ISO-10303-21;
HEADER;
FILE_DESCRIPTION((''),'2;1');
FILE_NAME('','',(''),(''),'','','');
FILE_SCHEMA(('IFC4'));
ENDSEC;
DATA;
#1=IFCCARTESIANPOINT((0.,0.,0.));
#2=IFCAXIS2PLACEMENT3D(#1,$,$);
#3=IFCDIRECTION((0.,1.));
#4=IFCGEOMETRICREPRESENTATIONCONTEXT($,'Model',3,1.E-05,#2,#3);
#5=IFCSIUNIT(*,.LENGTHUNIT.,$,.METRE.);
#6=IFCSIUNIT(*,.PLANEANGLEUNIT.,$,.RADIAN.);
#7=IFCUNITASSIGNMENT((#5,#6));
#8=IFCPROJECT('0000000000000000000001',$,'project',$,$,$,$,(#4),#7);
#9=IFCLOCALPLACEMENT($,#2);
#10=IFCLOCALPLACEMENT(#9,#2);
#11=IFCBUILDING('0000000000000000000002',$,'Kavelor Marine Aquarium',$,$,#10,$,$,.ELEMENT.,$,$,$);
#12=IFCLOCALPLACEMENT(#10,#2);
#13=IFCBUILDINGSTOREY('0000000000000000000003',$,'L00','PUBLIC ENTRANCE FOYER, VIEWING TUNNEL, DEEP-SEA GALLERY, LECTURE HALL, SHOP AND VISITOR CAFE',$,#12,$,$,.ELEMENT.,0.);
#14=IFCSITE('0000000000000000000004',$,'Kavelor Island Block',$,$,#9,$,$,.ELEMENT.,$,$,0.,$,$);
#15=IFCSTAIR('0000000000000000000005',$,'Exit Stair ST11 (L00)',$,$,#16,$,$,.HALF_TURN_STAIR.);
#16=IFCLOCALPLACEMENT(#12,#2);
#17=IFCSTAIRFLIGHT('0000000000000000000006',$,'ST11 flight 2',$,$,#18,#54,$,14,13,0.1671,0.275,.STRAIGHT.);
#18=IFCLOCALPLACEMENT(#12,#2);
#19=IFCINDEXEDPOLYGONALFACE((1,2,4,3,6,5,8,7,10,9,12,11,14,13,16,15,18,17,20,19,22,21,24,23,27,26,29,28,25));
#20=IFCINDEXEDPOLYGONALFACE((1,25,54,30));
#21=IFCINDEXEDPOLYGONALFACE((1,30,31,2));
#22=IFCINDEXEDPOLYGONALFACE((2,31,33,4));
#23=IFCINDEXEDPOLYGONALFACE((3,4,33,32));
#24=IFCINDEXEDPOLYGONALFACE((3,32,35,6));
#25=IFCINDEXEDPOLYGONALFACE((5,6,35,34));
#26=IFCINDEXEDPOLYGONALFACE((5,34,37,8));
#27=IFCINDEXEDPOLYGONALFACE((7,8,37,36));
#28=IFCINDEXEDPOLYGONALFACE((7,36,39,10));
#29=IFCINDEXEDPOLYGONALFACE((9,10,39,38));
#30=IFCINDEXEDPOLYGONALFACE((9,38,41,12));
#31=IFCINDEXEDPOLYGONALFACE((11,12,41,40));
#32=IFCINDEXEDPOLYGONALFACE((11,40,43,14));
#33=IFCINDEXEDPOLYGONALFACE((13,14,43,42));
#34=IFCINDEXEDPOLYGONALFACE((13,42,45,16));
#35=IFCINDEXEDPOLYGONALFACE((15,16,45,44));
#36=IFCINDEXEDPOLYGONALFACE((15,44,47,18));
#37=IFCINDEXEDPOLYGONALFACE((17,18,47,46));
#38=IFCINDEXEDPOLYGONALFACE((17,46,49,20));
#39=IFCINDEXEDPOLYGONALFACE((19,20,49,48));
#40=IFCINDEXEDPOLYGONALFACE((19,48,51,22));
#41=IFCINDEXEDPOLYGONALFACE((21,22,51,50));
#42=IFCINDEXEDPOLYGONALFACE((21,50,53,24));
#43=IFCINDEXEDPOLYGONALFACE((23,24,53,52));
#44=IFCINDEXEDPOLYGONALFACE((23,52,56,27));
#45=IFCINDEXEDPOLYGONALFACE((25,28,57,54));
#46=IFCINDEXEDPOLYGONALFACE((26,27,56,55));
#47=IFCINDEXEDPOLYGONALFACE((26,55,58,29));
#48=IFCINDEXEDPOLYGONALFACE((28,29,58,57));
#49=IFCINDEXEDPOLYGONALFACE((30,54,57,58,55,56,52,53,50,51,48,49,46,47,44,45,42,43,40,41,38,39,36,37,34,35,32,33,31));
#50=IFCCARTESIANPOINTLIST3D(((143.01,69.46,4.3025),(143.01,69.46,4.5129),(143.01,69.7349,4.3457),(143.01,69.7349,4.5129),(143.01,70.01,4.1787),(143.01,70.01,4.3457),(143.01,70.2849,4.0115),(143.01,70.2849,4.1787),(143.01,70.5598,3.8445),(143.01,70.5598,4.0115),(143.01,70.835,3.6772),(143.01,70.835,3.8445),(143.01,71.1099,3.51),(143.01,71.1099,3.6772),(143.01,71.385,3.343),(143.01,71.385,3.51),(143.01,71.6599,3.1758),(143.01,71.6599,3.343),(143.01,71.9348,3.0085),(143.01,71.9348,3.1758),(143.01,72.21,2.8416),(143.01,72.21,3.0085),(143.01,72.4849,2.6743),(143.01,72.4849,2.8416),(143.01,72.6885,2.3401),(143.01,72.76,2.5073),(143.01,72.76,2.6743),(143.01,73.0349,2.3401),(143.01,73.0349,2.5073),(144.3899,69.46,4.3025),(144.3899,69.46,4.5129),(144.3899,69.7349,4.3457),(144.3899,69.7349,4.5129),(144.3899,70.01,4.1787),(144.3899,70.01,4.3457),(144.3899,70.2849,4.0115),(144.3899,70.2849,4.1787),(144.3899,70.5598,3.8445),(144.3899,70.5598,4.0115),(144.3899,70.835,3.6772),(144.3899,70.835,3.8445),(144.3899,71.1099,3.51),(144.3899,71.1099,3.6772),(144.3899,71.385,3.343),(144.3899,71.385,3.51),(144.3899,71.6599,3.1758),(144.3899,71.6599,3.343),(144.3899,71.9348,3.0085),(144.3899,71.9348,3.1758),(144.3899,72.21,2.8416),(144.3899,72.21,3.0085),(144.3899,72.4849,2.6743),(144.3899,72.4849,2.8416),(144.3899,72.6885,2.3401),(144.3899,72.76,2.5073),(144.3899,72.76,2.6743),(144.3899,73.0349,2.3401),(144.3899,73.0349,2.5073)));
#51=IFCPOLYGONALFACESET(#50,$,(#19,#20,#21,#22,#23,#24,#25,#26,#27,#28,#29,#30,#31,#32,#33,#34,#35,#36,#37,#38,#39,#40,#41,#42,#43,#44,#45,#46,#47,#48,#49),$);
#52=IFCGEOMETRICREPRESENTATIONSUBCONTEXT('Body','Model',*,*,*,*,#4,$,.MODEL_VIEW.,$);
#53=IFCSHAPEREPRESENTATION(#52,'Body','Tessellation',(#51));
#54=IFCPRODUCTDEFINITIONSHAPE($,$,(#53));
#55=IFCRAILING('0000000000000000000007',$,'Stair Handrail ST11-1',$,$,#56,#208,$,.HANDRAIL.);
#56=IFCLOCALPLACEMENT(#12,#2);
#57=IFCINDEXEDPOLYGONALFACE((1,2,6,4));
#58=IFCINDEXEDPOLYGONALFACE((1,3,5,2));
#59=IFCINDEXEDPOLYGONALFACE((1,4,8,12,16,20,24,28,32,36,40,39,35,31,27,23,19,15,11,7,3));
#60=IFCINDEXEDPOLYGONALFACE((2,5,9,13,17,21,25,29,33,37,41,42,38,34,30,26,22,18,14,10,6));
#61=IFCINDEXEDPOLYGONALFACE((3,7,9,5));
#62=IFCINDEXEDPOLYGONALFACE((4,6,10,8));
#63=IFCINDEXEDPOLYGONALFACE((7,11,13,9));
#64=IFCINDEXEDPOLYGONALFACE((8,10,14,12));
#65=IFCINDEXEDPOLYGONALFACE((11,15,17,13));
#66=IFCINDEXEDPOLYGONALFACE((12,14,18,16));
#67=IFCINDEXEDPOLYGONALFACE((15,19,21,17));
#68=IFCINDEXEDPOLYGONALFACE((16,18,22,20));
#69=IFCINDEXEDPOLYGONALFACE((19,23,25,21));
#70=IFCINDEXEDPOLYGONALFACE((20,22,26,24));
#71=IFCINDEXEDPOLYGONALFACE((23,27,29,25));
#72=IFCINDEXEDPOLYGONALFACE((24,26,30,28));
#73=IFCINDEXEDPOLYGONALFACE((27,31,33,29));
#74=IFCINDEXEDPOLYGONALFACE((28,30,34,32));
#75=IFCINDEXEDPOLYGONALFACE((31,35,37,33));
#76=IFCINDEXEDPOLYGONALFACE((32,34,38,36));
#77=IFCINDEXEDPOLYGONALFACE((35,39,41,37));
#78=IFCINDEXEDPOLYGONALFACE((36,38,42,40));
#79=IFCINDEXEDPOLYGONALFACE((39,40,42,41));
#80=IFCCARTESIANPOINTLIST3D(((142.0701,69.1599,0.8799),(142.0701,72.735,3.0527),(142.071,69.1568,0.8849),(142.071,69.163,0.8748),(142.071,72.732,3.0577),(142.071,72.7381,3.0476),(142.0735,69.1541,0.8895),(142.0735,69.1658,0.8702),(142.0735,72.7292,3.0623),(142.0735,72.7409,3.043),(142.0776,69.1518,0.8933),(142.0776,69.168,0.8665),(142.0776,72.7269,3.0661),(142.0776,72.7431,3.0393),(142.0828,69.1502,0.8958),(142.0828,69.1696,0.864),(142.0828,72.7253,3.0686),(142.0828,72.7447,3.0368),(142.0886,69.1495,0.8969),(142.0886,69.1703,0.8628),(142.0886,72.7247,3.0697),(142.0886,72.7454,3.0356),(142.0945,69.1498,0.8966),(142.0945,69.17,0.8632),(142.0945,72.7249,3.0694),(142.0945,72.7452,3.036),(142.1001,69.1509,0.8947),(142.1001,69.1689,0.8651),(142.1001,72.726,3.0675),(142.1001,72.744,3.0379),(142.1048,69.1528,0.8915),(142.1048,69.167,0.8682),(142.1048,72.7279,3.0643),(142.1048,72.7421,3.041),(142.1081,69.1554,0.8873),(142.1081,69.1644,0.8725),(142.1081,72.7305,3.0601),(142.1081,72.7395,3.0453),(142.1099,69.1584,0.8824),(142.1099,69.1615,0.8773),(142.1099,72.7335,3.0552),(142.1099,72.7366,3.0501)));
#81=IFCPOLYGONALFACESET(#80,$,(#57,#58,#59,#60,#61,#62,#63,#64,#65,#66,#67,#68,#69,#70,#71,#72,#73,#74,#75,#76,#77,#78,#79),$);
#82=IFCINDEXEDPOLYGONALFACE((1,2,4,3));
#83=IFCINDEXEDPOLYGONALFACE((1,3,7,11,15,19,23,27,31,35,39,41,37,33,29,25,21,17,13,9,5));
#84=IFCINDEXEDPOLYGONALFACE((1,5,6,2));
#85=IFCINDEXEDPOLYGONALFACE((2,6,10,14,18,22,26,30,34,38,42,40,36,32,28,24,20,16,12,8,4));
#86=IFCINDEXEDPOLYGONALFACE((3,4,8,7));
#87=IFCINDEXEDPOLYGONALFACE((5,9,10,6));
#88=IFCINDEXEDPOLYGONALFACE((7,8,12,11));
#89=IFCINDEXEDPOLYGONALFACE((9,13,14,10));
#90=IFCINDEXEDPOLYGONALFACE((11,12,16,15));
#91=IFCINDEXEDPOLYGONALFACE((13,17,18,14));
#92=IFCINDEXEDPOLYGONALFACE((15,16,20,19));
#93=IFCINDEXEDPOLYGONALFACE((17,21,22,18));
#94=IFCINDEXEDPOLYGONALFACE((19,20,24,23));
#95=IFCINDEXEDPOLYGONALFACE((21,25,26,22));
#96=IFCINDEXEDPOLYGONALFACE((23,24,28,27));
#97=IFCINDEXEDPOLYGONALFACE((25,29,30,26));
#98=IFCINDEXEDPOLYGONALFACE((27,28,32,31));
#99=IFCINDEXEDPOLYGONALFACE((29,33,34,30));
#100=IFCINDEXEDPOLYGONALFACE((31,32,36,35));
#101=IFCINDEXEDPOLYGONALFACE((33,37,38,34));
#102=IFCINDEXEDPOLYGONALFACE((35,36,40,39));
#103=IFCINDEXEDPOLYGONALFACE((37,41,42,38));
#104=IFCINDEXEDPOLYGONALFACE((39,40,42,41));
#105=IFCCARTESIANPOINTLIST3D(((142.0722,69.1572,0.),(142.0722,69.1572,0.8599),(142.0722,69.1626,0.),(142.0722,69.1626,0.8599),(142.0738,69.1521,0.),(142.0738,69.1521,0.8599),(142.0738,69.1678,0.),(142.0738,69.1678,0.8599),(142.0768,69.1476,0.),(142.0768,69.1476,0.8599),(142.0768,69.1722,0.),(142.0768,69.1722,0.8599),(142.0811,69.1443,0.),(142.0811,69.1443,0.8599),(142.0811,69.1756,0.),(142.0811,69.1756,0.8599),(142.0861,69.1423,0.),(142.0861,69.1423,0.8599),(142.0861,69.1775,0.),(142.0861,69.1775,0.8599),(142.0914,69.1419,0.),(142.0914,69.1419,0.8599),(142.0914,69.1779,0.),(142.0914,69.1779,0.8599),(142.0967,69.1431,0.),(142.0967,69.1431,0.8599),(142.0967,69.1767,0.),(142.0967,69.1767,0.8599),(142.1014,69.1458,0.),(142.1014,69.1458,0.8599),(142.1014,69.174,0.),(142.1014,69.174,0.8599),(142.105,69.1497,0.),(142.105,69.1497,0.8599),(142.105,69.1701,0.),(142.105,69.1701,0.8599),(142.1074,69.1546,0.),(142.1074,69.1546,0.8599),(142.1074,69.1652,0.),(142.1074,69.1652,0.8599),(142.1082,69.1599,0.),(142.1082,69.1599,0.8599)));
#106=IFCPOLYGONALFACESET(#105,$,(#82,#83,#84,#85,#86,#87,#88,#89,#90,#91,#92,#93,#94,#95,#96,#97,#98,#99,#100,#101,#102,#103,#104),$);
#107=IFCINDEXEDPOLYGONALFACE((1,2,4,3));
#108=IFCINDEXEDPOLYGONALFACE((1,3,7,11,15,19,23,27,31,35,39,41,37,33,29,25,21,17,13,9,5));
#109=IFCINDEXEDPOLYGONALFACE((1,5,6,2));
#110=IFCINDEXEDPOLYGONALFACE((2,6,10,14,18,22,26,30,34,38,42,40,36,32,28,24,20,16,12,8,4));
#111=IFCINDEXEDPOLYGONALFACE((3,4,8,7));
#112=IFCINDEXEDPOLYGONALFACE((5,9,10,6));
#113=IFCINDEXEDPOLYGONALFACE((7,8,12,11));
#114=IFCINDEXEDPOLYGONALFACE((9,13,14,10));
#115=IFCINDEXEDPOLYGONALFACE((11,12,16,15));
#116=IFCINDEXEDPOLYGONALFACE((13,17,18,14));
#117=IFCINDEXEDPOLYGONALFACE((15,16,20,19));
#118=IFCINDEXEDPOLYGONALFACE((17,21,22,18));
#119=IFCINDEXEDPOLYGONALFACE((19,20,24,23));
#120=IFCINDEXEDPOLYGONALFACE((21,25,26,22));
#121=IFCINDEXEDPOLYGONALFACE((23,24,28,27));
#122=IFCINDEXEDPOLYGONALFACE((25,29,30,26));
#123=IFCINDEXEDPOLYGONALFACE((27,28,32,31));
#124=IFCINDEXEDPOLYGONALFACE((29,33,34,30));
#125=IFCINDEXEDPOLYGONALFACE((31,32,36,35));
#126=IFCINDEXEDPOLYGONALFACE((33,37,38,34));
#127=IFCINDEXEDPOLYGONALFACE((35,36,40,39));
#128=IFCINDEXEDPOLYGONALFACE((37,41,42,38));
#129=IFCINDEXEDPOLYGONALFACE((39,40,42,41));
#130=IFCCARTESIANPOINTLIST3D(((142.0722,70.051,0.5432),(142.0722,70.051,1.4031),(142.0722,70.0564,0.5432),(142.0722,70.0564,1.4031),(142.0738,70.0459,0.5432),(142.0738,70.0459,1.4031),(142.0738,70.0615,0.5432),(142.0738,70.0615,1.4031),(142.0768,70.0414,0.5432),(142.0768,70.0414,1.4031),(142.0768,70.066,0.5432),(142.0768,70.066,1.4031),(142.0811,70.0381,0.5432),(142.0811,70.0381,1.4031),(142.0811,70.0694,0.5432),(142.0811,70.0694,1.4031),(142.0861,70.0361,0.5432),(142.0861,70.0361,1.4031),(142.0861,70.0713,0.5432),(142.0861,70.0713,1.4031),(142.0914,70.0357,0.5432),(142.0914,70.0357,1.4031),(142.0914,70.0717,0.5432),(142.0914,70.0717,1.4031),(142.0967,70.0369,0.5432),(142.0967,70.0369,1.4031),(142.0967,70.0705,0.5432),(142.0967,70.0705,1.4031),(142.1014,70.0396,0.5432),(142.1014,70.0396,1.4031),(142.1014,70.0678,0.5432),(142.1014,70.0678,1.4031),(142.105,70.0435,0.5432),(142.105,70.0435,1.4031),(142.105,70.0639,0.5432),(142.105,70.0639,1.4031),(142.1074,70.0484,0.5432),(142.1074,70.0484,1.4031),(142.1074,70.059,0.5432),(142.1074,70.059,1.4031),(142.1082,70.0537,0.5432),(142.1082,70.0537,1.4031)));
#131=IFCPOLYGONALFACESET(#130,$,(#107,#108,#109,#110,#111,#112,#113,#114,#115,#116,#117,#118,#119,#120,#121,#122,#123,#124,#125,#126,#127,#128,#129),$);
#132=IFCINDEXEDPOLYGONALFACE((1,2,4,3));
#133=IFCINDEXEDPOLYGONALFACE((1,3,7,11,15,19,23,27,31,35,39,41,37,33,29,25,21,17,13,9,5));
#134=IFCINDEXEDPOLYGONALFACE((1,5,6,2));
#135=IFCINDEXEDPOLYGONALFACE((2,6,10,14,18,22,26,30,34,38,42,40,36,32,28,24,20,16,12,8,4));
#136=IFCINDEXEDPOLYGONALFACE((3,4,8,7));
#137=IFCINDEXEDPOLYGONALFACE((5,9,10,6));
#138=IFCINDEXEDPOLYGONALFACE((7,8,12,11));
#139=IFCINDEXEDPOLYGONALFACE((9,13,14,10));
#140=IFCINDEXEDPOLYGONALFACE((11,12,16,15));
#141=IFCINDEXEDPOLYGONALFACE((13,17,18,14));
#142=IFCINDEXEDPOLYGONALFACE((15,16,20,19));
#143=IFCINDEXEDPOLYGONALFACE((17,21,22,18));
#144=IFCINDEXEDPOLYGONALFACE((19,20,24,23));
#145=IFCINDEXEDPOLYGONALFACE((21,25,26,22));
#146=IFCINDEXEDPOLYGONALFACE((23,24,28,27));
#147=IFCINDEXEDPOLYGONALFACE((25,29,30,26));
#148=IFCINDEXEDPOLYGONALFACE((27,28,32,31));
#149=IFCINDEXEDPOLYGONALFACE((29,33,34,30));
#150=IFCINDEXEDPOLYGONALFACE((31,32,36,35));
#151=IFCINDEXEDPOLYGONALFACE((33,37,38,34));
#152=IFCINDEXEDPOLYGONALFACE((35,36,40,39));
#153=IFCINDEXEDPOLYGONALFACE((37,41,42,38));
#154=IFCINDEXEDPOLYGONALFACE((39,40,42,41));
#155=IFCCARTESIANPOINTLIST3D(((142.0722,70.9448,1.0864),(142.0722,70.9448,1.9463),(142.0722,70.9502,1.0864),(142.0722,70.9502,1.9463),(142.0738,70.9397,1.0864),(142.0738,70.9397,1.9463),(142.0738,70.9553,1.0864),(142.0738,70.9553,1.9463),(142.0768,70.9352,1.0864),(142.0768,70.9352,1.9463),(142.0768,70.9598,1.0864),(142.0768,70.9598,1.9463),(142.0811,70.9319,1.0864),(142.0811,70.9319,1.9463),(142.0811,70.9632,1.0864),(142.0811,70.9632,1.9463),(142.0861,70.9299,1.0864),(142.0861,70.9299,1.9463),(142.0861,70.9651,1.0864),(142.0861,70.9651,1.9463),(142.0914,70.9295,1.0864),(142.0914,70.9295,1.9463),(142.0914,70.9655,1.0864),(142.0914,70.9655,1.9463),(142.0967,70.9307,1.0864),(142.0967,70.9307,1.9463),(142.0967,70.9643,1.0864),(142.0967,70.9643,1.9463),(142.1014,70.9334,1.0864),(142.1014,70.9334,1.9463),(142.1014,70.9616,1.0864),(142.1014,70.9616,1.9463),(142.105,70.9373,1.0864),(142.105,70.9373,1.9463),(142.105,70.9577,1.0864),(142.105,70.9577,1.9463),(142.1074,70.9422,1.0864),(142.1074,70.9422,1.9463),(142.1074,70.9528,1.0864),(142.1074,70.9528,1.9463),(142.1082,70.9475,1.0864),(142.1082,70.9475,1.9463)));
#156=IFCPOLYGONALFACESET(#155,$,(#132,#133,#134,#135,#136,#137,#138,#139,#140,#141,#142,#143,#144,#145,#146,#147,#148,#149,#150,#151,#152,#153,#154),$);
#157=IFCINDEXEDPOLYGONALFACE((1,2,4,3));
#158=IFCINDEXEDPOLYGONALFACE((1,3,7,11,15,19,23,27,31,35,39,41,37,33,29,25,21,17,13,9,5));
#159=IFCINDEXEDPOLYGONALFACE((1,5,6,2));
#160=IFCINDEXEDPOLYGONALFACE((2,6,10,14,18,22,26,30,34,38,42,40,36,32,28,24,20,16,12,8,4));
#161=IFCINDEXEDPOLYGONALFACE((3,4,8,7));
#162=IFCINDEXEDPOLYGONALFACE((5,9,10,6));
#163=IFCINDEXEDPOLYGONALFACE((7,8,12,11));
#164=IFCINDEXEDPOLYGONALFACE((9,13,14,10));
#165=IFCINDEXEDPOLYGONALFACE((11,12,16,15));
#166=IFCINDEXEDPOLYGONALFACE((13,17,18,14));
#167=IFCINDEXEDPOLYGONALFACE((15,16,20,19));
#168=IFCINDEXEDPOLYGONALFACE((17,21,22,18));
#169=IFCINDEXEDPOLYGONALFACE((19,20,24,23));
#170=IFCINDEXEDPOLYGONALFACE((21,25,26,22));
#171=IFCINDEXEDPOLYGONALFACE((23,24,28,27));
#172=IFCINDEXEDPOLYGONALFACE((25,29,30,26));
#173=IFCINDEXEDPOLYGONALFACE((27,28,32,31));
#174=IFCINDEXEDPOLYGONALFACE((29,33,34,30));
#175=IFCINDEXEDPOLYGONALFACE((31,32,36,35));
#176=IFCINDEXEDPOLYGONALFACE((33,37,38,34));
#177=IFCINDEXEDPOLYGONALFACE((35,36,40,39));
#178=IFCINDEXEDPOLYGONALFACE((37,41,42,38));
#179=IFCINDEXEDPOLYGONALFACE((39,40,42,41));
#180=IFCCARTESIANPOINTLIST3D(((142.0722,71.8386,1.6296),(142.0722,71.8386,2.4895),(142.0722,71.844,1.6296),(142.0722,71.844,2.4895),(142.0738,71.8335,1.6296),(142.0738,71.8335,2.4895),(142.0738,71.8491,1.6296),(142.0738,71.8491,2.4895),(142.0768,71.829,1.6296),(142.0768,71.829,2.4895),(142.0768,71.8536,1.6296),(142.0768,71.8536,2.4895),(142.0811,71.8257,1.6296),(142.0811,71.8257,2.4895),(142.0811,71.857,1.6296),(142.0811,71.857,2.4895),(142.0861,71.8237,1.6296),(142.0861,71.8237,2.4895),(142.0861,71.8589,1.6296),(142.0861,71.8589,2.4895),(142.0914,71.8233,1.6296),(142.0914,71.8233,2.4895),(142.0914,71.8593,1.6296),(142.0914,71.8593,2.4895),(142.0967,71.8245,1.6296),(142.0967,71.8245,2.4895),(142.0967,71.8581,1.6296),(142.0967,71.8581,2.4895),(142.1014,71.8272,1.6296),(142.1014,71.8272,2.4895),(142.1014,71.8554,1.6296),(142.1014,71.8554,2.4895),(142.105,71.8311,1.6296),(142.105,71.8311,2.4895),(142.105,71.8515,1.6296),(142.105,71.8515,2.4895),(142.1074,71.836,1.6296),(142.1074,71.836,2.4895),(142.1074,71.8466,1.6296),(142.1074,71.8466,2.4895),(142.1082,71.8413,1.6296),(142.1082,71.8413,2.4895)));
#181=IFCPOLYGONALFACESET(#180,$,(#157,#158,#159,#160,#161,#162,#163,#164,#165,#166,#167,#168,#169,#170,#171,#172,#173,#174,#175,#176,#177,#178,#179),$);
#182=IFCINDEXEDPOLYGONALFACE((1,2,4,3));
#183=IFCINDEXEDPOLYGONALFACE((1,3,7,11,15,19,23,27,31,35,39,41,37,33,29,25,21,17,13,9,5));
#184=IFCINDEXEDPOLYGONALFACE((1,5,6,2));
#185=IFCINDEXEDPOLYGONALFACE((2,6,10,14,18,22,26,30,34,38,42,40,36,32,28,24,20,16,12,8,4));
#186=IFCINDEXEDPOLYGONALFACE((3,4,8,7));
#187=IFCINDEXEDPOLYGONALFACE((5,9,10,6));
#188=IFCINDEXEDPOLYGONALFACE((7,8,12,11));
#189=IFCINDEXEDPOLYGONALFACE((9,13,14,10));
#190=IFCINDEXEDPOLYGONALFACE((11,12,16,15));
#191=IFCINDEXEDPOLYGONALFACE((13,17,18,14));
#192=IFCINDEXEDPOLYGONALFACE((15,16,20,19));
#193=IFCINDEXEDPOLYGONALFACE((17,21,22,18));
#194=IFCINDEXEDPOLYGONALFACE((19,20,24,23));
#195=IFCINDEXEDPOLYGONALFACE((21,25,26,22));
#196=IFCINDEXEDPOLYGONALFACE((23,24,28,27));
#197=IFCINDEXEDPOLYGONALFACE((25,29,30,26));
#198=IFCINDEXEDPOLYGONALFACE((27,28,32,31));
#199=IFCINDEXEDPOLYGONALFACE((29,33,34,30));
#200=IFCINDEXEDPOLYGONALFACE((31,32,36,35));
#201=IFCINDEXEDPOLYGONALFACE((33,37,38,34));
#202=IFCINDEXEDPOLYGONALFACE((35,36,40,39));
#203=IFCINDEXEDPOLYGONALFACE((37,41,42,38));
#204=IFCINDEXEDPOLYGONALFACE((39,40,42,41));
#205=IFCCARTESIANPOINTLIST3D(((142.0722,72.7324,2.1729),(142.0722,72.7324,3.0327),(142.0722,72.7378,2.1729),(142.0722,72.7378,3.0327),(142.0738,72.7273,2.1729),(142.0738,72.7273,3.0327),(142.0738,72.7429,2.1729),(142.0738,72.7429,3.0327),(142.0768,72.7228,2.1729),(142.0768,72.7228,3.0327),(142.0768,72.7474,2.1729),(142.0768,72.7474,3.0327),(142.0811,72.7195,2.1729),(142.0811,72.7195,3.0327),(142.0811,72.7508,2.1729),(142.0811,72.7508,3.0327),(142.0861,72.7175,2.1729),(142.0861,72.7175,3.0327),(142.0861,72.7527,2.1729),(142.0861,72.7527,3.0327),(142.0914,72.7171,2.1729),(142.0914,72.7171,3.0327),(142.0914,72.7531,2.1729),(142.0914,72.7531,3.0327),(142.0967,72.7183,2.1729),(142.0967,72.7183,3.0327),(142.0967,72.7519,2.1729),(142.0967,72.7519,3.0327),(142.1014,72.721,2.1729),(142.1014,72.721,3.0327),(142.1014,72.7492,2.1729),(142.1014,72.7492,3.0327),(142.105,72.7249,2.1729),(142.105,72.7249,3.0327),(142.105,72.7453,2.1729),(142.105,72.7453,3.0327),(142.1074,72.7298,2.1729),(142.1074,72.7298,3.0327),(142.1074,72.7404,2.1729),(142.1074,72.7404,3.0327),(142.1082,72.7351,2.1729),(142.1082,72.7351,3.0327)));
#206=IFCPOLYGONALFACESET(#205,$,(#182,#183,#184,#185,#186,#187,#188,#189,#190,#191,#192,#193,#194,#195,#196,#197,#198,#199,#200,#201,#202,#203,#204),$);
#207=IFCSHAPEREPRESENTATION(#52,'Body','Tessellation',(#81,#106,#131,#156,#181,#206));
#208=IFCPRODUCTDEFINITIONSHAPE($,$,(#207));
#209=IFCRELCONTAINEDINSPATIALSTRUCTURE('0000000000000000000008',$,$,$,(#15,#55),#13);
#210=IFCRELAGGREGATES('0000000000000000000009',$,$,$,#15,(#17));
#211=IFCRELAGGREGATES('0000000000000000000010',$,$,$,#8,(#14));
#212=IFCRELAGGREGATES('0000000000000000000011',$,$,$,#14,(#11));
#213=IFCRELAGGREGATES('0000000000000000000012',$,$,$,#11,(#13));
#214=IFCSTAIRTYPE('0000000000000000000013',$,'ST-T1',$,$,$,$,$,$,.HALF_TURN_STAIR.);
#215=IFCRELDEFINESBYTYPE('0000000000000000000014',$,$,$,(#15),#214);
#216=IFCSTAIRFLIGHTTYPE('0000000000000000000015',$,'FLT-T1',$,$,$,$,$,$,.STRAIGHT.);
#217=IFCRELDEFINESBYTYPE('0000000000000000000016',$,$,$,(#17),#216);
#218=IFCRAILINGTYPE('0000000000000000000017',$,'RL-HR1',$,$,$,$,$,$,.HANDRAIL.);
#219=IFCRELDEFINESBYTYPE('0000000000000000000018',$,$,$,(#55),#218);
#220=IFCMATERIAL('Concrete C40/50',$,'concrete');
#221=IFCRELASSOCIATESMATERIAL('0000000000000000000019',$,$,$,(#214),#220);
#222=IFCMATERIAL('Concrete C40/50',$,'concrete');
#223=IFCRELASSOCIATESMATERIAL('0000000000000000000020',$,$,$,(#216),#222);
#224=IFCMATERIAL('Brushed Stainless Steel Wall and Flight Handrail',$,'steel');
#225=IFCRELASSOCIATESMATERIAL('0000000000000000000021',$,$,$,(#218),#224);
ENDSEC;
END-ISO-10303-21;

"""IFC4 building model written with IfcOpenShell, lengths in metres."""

from ifc_helpers import new_model, si_unit, direction, frame, origin, origin_2d, place, context, subcontext, project, spatial, polyline, circle, outline, extrude, material, type_object, element, aggregate, save


model = new_model("IFC4")

# Units and contexts
model_context = context("Model", 3, precision=1e-05, world=origin(), true_north=direction((0.0, 1.0)))
body_context = subcontext(model_context, "Body", "Model", "MODEL_VIEW")
ifc_project = project(units=[si_unit("LENGTHUNIT", "METRE"), si_unit("PLANEANGLEUNIT", "RADIAN")], contexts=[model_context])

# Site, building, storey
site_placement = place(None, origin())
site = spatial("IfcSite", under=ifc_project, at=site_placement, Name="Kavelor Island Block", CompositionType="ELEMENT", RefElevation=0.0)
building_placement = place(site_placement, origin())
building = spatial("IfcBuilding", under=site, at=building_placement, Name="Kavelor Marine Aquarium", CompositionType="ELEMENT")
storey_placement = place(building_placement, origin())
storey = spatial("IfcBuildingStorey", under=building, at=storey_placement, Name="L00", Description="PUBLIC ENTRANCE FOYER, VIEWING TUNNEL, DEEP-SEA GALLERY, LECTURE HALL, SHOP AND VISITOR CAFE", CompositionType="ELEMENT", Elevation=0.0)

# Stair, stair flight
ifc_material_1 = material(Name="Concrete C40/50", Category="concrete")
stair_type = type_object("IfcStairType", Name="ST-T1", PredefinedType="HALF_TURN_STAIR", material=ifc_material_1)
stair_placement = place(storey_placement, origin())
stair = element("IfcStair", 1, at=stair_placement, inside=storey, type_object=stair_type, Name="Exit Stair ST11 (L00)", PredefinedType="HALF_TURN_STAIR")
ifc_material_2 = material(Name="Concrete C40/50", Category="concrete")
stair_flight_type = type_object("IfcStairFlightType", Name="FLT-T1", PredefinedType="STRAIGHT", material=ifc_material_2)
stair_flight_1_placement = place(storey_placement, frame((143.7, 73.0349, 2.3401), z_axis=(0.0, 0.0, 1.0), x_axis=(0.0, -1.0, 0.0)))
stair_flight_1 = element("IfcStairFlight", 2, at=stair_flight_1_placement, type_object=stair_flight_type, Name="ST11 flight 2", NumberOfRisers=14, NumberOfTreads=13, PredefinedType="STRAIGHT", RiserHeight=0.1671, TreadLength=0.275, context=body_context, shape_type="SweptSolid", body=[
    extrude(outline(polyline([(0.0, 0.0), (0.0, 0.1672), (0.2749, 0.1672), (0.2749, 0.3342), (0.55, 0.3342), (0.55, 0.5015), (0.825, 0.5015), (0.825, 0.6685), (1.1001, 0.6685), (1.1001, 0.8357), (1.375, 0.8357), (1.375, 1.0029), (1.6499, 1.0029), (1.6499, 1.1699), (1.925, 1.1699), (1.925, 1.3372), (2.2, 1.3372), (2.2, 1.5044), (2.4751, 1.5044), (2.4751, 1.6714), (2.75, 1.6714), (2.75, 1.8386), (3.0249, 1.8386), (3.0249, 2.0056), (3.3, 2.0056), (3.3, 2.1729), (3.575, 2.1729), (3.575, 2.3401), (3.575, 1.9624), (0.3464, 0.0), (0.0, 0.0)])), frame((0.0, 0.6899, 0.0), z_axis=(0.0, -1.0, 0.0), x_axis=(1.0, 0.0, 0.0)), (0.0, 0.0, 1.0), 1.3799),
])
aggregate(stair, [stair_flight_1])

# Railing
ifc_material_3 = material(Name="Brushed Stainless Steel Wall and Flight Handrail", Category="steel")
railing_type_1 = type_object("IfcRailingType", Name="RL-HR1", PredefinedType="HANDRAIL", material=ifc_material_3)
railing_1_placement = place(storey_placement, frame((142.0901, 69.1599, 0.0)))
element("IfcRailing", 3, at=railing_1_placement, inside=storey, type_object=railing_type_1, Name="Stair Handrail ST11-1", PredefinedType="HANDRAIL", context=body_context, shape_type="SweptSolid", body=[
    extrude(circle(Radius=0.02, at=origin_2d()), frame((0.0, 0.0, 0.8799), z_axis=(0.0, 0.854554, 0.519362), x_axis=(-1.0, 0.0, 0.0)), (0.0, 0.0, 1.0), 4.1836),
    extrude(circle(Radius=0.0181, at=origin_2d()), origin(), (0.0, 0.0, 1.0), 0.8599),
    extrude(circle(Radius=0.0181, at=origin_2d()), frame((0.0, 0.8938, 0.5432)), (0.0, 0.0, 1.0), 0.8599),
    extrude(circle(Radius=0.0181, at=origin_2d()), frame((0.0, 1.7876, 1.0864)), (0.0, 0.0, 1.0), 0.8599),
    extrude(circle(Radius=0.0181, at=origin_2d()), frame((0.0, 2.6814, 1.6296)), (0.0, 0.0, 1.0), 0.8599),
    extrude(circle(Radius=0.0181, at=origin_2d()), frame((0.0, 3.5752, 2.1729)), (0.0, 0.0, 1.0), 0.8599),
])

save(model, "model.ifc")
